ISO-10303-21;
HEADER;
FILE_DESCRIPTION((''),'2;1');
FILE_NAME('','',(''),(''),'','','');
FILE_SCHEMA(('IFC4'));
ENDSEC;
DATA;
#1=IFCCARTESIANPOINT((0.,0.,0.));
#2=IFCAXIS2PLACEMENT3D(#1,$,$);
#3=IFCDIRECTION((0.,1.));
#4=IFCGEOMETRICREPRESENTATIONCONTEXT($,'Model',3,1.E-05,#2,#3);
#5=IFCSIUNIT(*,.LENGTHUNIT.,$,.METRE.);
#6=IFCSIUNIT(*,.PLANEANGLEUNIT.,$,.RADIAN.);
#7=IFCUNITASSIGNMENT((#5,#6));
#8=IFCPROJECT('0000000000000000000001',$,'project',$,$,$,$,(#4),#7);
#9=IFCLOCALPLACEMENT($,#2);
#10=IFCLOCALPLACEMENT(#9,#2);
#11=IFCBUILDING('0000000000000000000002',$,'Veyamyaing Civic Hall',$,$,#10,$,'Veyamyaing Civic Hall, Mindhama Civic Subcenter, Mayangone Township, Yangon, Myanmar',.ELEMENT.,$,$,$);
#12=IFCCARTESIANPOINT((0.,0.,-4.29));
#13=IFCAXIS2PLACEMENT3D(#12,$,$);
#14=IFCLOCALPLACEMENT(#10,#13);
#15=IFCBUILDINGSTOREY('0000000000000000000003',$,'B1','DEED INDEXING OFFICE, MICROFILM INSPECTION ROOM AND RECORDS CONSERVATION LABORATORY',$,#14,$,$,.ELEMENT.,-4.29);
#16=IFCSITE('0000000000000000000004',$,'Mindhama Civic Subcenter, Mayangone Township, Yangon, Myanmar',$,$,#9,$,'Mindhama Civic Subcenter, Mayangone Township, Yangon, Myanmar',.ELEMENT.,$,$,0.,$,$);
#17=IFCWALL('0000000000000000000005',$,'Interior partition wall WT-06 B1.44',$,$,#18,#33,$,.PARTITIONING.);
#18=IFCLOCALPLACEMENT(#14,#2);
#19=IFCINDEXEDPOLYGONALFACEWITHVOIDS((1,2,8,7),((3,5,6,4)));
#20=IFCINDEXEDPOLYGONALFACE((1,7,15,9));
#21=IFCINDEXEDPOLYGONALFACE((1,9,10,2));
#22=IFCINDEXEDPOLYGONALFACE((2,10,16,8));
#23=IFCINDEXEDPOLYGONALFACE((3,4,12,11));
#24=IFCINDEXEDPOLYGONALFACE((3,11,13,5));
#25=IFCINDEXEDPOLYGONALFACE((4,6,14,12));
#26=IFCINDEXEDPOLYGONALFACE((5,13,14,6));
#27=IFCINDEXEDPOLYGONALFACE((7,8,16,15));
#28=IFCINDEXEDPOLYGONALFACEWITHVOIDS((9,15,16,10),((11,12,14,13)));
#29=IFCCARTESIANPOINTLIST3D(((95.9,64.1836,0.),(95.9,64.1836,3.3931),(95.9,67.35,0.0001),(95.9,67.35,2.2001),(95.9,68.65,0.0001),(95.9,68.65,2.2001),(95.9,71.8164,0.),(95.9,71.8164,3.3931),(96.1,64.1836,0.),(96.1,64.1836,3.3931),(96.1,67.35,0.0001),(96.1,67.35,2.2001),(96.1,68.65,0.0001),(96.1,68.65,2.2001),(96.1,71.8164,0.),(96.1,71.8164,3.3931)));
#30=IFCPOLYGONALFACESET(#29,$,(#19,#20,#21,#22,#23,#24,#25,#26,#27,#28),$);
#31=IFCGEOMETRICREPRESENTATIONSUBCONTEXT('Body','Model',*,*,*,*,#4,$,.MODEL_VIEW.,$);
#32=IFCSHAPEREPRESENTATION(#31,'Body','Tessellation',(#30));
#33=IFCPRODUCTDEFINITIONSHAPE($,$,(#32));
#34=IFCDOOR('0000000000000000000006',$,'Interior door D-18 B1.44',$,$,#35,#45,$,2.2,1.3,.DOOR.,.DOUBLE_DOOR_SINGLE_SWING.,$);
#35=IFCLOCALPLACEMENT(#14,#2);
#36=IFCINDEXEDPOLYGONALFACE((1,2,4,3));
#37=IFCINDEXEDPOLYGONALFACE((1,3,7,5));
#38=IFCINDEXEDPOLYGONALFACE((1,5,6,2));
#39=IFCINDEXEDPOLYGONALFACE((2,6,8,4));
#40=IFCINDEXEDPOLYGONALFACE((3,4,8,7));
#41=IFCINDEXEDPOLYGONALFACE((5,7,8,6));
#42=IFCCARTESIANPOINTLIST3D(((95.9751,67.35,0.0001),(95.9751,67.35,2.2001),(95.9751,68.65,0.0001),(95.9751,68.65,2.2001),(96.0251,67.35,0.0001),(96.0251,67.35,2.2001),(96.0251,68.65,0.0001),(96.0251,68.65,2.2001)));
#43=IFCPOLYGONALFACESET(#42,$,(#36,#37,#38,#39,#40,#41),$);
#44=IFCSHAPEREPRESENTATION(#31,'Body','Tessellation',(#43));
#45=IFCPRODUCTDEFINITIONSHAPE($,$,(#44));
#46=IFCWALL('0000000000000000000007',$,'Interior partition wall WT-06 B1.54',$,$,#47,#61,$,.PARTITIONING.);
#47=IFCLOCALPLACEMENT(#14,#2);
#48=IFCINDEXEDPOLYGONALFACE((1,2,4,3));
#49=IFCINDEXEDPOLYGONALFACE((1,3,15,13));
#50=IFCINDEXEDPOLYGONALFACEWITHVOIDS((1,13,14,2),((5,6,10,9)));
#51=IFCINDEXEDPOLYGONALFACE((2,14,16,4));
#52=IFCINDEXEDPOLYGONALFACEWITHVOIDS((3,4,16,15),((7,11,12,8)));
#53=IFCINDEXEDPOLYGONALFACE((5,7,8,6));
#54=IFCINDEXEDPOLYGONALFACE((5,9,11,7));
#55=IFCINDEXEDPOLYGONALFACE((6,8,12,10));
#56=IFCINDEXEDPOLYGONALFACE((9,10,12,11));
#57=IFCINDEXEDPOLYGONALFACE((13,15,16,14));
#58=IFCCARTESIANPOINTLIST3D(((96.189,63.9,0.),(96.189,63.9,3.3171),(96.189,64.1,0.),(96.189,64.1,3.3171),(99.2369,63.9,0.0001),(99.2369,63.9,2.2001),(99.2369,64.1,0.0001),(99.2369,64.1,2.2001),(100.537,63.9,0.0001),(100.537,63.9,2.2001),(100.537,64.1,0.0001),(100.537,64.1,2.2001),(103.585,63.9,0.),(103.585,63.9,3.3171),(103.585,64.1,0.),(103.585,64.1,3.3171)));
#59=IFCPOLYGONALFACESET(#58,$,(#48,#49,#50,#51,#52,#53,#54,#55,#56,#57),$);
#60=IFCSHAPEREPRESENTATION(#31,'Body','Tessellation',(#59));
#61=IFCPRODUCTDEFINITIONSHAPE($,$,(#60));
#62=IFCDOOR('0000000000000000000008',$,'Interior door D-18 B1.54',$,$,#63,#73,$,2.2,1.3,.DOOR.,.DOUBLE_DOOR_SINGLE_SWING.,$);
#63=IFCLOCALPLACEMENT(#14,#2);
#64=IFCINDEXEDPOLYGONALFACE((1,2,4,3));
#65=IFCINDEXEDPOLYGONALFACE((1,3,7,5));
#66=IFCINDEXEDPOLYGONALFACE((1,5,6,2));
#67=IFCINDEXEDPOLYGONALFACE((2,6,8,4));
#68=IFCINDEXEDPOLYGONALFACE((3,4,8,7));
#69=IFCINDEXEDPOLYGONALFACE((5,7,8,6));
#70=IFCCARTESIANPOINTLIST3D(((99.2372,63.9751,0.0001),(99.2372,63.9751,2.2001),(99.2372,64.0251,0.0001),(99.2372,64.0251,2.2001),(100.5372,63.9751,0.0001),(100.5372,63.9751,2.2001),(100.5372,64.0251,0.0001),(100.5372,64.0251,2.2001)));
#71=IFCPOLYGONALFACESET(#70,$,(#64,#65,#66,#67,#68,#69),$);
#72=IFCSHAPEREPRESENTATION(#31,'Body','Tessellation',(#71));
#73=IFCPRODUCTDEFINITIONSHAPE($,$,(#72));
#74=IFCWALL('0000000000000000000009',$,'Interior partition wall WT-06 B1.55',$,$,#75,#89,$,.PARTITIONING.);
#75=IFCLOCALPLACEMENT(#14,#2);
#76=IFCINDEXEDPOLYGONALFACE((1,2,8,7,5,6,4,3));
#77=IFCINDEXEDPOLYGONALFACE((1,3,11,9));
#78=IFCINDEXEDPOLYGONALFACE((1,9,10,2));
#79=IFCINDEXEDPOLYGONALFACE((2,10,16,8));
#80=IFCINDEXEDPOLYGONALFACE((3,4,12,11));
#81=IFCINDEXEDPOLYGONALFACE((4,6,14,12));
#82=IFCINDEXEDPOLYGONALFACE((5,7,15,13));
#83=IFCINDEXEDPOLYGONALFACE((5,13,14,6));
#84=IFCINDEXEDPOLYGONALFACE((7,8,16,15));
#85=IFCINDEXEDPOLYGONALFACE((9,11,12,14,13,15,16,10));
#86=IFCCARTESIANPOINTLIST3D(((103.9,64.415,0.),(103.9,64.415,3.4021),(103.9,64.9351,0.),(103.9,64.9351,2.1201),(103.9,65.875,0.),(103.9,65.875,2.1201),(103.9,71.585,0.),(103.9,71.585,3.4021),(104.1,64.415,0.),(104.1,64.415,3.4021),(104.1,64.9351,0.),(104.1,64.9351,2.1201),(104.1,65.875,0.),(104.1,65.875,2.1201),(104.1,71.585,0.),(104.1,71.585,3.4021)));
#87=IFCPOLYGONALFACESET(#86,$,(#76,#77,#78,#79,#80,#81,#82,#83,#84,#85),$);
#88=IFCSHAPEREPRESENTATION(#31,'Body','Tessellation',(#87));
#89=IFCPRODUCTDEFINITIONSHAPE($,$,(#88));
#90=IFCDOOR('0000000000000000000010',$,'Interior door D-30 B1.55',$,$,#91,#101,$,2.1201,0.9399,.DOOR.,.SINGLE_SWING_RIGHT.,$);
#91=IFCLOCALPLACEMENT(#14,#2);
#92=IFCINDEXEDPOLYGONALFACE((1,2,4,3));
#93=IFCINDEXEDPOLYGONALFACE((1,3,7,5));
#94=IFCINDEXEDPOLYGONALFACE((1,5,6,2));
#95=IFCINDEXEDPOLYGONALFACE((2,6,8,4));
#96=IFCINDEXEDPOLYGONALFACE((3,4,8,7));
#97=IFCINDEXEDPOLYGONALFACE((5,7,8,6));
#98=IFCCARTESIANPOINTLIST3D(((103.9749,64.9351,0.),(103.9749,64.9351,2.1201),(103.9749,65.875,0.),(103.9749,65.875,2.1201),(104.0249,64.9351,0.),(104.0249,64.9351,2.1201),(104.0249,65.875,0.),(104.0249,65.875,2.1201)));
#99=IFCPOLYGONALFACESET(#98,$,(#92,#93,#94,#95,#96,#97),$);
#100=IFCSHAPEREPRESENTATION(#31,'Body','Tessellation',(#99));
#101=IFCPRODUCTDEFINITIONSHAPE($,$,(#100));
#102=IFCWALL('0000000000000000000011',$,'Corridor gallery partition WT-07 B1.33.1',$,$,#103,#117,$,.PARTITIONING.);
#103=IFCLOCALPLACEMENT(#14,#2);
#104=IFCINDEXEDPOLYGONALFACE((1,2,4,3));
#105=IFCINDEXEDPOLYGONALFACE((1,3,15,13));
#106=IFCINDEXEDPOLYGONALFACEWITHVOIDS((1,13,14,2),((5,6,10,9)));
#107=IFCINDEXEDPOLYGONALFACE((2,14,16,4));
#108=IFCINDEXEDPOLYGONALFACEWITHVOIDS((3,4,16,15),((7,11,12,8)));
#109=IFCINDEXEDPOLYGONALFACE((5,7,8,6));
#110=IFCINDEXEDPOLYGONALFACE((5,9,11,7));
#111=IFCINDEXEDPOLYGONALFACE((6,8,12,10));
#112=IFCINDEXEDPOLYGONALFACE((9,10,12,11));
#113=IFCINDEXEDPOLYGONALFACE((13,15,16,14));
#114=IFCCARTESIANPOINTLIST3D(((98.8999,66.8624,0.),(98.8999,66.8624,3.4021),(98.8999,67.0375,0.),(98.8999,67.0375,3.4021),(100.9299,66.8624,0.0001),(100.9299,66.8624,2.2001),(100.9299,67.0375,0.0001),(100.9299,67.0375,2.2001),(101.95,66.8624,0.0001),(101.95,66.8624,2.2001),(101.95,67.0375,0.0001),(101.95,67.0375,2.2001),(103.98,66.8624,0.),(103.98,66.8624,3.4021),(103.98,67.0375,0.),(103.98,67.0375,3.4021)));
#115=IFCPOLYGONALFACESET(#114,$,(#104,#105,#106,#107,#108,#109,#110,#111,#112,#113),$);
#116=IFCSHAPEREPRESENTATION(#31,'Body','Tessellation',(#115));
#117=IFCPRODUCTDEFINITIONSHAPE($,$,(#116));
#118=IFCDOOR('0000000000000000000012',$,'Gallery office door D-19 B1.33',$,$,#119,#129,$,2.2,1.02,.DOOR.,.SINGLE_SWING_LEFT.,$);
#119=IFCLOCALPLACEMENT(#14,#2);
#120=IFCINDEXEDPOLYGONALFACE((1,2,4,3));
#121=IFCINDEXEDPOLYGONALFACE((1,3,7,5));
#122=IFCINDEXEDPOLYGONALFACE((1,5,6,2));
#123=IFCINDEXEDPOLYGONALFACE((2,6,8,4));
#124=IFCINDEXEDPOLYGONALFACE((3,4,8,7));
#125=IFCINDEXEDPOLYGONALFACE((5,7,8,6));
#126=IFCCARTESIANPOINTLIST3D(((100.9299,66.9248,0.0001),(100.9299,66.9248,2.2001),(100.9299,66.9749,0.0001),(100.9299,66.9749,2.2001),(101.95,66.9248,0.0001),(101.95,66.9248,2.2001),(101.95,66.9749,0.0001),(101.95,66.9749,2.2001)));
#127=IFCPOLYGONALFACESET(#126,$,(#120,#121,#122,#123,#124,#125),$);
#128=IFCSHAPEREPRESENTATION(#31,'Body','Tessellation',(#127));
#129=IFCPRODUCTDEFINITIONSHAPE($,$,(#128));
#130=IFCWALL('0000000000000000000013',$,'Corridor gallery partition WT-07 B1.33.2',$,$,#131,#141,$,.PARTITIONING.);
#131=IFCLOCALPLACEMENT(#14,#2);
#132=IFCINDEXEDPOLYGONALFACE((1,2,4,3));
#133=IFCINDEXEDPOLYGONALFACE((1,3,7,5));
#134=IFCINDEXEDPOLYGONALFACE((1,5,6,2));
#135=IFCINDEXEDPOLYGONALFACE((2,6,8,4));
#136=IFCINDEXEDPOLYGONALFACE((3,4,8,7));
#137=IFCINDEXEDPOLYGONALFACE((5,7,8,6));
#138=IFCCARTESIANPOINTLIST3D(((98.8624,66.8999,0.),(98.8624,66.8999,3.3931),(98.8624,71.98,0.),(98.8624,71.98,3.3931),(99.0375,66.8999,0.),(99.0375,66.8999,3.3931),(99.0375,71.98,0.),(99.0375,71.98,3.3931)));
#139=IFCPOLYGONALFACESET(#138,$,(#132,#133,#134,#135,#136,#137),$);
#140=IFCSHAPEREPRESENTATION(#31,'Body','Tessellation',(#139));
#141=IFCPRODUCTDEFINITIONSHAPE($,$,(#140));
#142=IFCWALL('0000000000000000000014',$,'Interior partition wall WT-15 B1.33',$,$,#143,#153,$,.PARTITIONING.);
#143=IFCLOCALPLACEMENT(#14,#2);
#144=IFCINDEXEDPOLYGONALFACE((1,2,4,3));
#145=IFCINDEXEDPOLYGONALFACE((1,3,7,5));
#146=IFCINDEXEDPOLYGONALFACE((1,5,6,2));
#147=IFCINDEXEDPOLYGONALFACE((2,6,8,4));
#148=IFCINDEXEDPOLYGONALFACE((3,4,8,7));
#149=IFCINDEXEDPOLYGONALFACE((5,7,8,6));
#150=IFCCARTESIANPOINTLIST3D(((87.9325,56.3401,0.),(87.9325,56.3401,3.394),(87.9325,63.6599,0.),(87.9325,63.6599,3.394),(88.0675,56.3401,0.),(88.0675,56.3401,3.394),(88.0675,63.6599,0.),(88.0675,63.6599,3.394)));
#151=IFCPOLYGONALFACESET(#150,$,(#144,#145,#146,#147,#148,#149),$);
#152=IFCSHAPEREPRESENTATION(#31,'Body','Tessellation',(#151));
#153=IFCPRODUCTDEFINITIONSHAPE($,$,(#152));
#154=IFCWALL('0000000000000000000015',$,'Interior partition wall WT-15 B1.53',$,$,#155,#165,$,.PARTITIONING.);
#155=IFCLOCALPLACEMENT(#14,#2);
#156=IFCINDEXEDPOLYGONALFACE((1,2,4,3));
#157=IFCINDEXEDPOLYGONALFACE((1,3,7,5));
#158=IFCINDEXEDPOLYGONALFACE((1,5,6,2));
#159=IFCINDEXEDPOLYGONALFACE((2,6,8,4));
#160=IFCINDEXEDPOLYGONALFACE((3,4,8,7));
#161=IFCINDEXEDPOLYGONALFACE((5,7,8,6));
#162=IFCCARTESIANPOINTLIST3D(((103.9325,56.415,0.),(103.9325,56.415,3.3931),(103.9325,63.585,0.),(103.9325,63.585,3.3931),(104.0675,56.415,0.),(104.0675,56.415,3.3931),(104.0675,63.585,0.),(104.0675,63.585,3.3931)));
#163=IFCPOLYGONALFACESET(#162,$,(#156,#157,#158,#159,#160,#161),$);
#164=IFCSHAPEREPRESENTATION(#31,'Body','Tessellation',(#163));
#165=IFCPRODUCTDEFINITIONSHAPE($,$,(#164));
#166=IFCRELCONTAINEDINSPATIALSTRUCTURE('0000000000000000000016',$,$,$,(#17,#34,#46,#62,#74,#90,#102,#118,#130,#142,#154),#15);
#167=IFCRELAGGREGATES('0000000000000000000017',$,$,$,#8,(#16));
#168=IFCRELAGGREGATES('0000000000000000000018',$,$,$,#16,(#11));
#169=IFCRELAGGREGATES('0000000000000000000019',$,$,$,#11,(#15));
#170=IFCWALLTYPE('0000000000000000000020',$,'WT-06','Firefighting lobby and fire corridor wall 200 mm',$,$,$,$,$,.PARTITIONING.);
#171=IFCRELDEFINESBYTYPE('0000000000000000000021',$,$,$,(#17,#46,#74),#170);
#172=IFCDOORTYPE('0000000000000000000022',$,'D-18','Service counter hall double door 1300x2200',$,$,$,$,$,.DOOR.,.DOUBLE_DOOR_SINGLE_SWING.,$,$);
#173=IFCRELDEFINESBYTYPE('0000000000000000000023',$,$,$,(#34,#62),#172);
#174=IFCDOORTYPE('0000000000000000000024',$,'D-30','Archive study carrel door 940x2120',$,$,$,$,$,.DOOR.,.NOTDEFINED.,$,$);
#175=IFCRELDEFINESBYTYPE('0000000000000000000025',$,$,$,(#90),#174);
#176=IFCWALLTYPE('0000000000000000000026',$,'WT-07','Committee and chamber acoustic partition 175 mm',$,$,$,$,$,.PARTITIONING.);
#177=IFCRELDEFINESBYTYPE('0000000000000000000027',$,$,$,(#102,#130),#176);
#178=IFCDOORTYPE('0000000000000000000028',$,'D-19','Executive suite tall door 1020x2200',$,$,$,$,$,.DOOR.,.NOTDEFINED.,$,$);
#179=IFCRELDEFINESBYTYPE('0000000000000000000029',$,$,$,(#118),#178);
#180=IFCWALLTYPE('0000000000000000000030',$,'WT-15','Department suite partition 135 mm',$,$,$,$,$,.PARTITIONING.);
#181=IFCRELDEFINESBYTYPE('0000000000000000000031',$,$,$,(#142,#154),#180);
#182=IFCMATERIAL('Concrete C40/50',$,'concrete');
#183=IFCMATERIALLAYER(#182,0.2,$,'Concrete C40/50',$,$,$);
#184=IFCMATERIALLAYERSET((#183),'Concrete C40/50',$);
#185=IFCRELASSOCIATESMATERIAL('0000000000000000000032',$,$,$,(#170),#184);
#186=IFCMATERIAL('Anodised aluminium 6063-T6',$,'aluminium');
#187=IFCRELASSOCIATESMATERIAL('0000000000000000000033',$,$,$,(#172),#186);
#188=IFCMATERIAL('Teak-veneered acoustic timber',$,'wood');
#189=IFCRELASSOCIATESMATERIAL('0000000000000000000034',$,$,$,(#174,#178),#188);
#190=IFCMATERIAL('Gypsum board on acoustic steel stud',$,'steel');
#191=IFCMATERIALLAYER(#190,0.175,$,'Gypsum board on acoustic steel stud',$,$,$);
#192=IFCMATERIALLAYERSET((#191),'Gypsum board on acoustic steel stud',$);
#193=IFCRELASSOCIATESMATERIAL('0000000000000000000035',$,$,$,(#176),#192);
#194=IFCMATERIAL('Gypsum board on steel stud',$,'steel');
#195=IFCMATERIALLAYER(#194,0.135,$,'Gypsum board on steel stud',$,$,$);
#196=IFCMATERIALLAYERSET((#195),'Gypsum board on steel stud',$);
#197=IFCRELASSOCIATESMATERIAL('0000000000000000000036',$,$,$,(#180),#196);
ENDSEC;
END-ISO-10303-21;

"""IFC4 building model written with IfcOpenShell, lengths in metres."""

from ifc_helpers import new_model, si_unit, direction, frame, frame_2d, origin, place, context, subcontext, project, spatial, rectangle, extrude, material, layer, layer_set, type_object, element, fill, save


model = new_model("IFC4")

# Units and contexts
model_context = context("Model", 3, precision=1e-05, world=origin(), true_north=direction((0.0, 1.0)))
body_context = subcontext(model_context, "Body", "Model", "MODEL_VIEW")
ifc_project = project(units=[si_unit("LENGTHUNIT", "METRE"), si_unit("PLANEANGLEUNIT", "RADIAN")], contexts=[model_context])

# Site, building, storey
site_placement = place(None, origin())
site = spatial("IfcSite", under=ifc_project, at=site_placement, Name="Mindhama Civic Subcenter, Mayangone Township, Yangon, Myanmar", LongName="Mindhama Civic Subcenter, Mayangone Township, Yangon, Myanmar", CompositionType="ELEMENT", RefElevation=0.0)
building_placement = place(site_placement, origin())
building = spatial("IfcBuilding", under=site, at=building_placement, Name="Veyamyaing Civic Hall", LongName="Veyamyaing Civic Hall, Mindhama Civic Subcenter, Mayangone Township, Yangon, Myanmar", CompositionType="ELEMENT")
storey_placement = place(building_placement, frame((0.0, 0.0, -4.29)))
storey = spatial("IfcBuildingStorey", under=building, at=storey_placement, Name="B1", Description="DEED INDEXING OFFICE, MICROFILM INSPECTION ROOM AND RECORDS CONSERVATION LABORATORY", CompositionType="ELEMENT", Elevation=-4.29)

# Shared definitions
ifc_material_1 = material(Name="Concrete C40/50", Category="concrete")

# Walls, openings, doors
ifc_layer_1 = layer(ifc_material_1, 0.2, Name="Concrete C40/50")
ifc_layer_set_1 = layer_set([ifc_layer_1], Name="Concrete C40/50")
wall_type_1 = type_object("IfcWallType", Name="WT-06", Description="Firefighting lobby and fire corridor wall 200 mm", PredefinedType="PARTITIONING", material=ifc_layer_set_1)
wall_1_placement = place(storey_placement, frame((96.0, 64.1836, 0.0), z_axis=(0.0, 0.0, 1.0), x_axis=(0.0, 1.0, 0.0)))
wall_1 = element("IfcWall", 1, at=wall_1_placement, inside=storey, type_object=wall_type_1, Name="Interior partition wall WT-06 B1.44", PredefinedType="PARTITIONING", context=body_context, shape_type="SweptSolid", body=[
    extrude(rectangle(XDim=7.6328, YDim=0.2, at=frame_2d((3.8164, 0.0))), origin(), (0.0, 0.0, 1.0), 3.3931),
])
opening_1_placement = place(wall_1_placement, frame((3.1665, 0.0, 0.0)))
opening_1 = element("IfcOpeningElement", 2, at=opening_1_placement, cuts=wall_1, PredefinedType="OPENING", context=body_context, shape_type="SweptSolid", body=[
    extrude(rectangle(XDim=1.3, YDim=2.2, at=frame_2d((0.6499, 1.1001))), frame((0.0, 0.1099, 0.0), z_axis=(0.0, -1.0, 0.0), x_axis=(1.0, 0.0, 0.0)), (0.0, 0.0, 1.0), 0.22),
])
ifc_material_2 = material(Name="Anodised aluminium 6063-T6", Category="aluminium")
door_type_1 = type_object("IfcDoorType", Name="D-18", Description="Service counter hall double door 1300x2200", OperationType="DOUBLE_DOOR_SINGLE_SWING", PredefinedType="DOOR", material=ifc_material_2)
door_1_placement = place(opening_1_placement, origin())
door_1 = element("IfcDoor", 3, at=door_1_placement, inside=storey, type_object=door_type_1, Name="Interior door D-18 B1.44", OperationType="DOUBLE_DOOR_SINGLE_SWING", OverallHeight=2.2, OverallWidth=1.3, PredefinedType="DOOR", context=body_context, shape_type="SweptSolid", body=[
    extrude(rectangle(XDim=1.3, YDim=2.2, at=frame_2d((0.6499, 1.1001))), frame((0.0, 0.0249, 0.0), z_axis=(0.0, -1.0, 0.0), x_axis=(1.0, 0.0, 0.0)), (0.0, 0.0, 1.0), 0.05),
])
fill(opening_1, door_1)
wall_2_placement = place(storey_placement, frame((96.189, 64.0, 0.0), z_axis=(0.0, 0.0, 1.0), x_axis=(1.0, 0.0, 0.0)))
wall_2 = element("IfcWall", 4, at=wall_2_placement, inside=storey, type_object=wall_type_1, Name="Interior partition wall WT-06 B1.54", PredefinedType="PARTITIONING", context=body_context, shape_type="SweptSolid", body=[
    extrude(rectangle(XDim=7.396, YDim=0.2, at=frame_2d((3.698, 0.0))), origin(), (0.0, 0.0, 1.0), 3.3171),
])
opening_2_placement = place(wall_2_placement, frame((3.0481, 0.0, 0.0)))
opening_2 = element("IfcOpeningElement", 5, at=opening_2_placement, cuts=wall_2, PredefinedType="OPENING", context=body_context, shape_type="SweptSolid", body=[
    extrude(rectangle(XDim=1.3, YDim=2.2, at=frame_2d((0.6499, 1.1001))), frame((0.0, 0.1099, 0.0), z_axis=(0.0, -1.0, 0.0), x_axis=(1.0, 0.0, 0.0)), (0.0, 0.0, 1.0), 0.22),
])
door_2_placement = place(opening_2_placement, frame((1.3, 0.0, 0.0), z_axis=(0.0, 0.0, 1.0), x_axis=(-1.0, 0.0, 0.0)))
door_2 = element("IfcDoor", 6, at=door_2_placement, inside=storey, type_object=door_type_1, Name="Interior door D-18 B1.54", OperationType="DOUBLE_DOOR_SINGLE_SWING", OverallHeight=2.2, OverallWidth=1.3, PredefinedType="DOOR", context=body_context, shape_type="SweptSolid", body=[
    extrude(rectangle(XDim=1.3, YDim=2.2, at=frame_2d((0.6499, 1.1001))), frame((0.0, 0.0249, 0.0), z_axis=(0.0, -1.0, 0.0), x_axis=(1.0, 0.0, 0.0)), (0.0, 0.0, 1.0), 0.05),
])
fill(opening_2, door_2)
wall_3_placement = place(storey_placement, frame((104.0, 64.415, 0.0), z_axis=(0.0, 0.0, 1.0), x_axis=(0.0, 1.0, 0.0)))
wall_3 = element("IfcWall", 7, at=wall_3_placement, inside=storey, type_object=wall_type_1, Name="Interior partition wall WT-06 B1.55", PredefinedType="PARTITIONING", context=body_context, shape_type="SweptSolid", body=[
    extrude(rectangle(XDim=7.1699, YDim=0.2, at=frame_2d((3.585, 0.0))), origin(), (0.0, 0.0, 1.0), 3.4021),
])
opening_3_placement = place(wall_3_placement, frame((0.52, 0.0, 0.0)))
opening_3 = element("IfcOpeningElement", 8, at=opening_3_placement, cuts=wall_3, PredefinedType="OPENING", context=body_context, shape_type="SweptSolid", body=[
    extrude(rectangle(XDim=0.9399, YDim=2.1201, at=frame_2d((0.47, 1.0601))), frame((0.0, 0.1099, 0.0), z_axis=(0.0, -1.0, 0.0), x_axis=(1.0, 0.0, 0.0)), (0.0, 0.0, 1.0), 0.22),
])
ifc_material_3 = material(Name="Teak-veneered acoustic timber", Category="wood")
door_type_2 = type_object("IfcDoorType", Name="D-30", Description="Archive study carrel door 940x2120", OperationType="NOTDEFINED", PredefinedType="DOOR", material=ifc_material_3)
door_3_placement = place(opening_3_placement, frame((0.9399, 0.0, 0.0), z_axis=(0.0, 0.0, 1.0), x_axis=(-1.0, 0.0, 0.0)))
door_3 = element("IfcDoor", 9, at=door_3_placement, inside=storey, type_object=door_type_2, Name="Interior door D-30 B1.55", OperationType="SINGLE_SWING_RIGHT", OverallHeight=2.1201, OverallWidth=0.9399, PredefinedType="DOOR", context=body_context, shape_type="SweptSolid", body=[
    extrude(rectangle(XDim=0.9399, YDim=2.1201, at=frame_2d((0.47, 1.0601))), frame((0.0, 0.0249, 0.0), z_axis=(0.0, -1.0, 0.0), x_axis=(1.0, 0.0, 0.0)), (0.0, 0.0, 1.0), 0.05),
])
fill(opening_3, door_3)
ifc_material_4 = material(Name="Gypsum board on acoustic steel stud", Category="steel")
ifc_layer_2 = layer(ifc_material_4, 0.175, Name="Gypsum board on acoustic steel stud")
ifc_layer_set_2 = layer_set([ifc_layer_2], Name="Gypsum board on acoustic steel stud")
wall_type_2 = type_object("IfcWallType", Name="WT-07", Description="Committee and chamber acoustic partition 175 mm", PredefinedType="PARTITIONING", material=ifc_layer_set_2)
wall_4_placement = place(storey_placement, frame((98.8999, 66.95, 0.0), z_axis=(0.0, 0.0, 1.0), x_axis=(1.0, 0.0, 0.0)))
wall_4 = element("IfcWall", 10, at=wall_4_placement, inside=storey, type_object=wall_type_2, Name="Corridor gallery partition WT-07 B1.33.1", PredefinedType="PARTITIONING", context=body_context, shape_type="SweptSolid", body=[
    extrude(rectangle(XDim=5.0801, YDim=0.175, at=frame_2d((2.54, 0.0))), origin(), (0.0, 0.0, 1.0), 3.4021),
])
opening_4_placement = place(wall_4_placement, frame((2.03, 0.0, 0.0)))
opening_4 = element("IfcOpeningElement", 11, at=opening_4_placement, cuts=wall_4, PredefinedType="OPENING", context=body_context, shape_type="SweptSolid", body=[
    extrude(rectangle(XDim=1.02, YDim=2.2, at=frame_2d((0.51, 1.1001))), frame((0.0, 0.0974, 0.0), z_axis=(0.0, -1.0, 0.0), x_axis=(1.0, 0.0, 0.0)), (0.0, 0.0, 1.0), 0.1951),
])
door_type_3 = type_object("IfcDoorType", Name="D-19", Description="Executive suite tall door 1020x2200", OperationType="NOTDEFINED", PredefinedType="DOOR", material=ifc_material_3)
door_4_placement = place(opening_4_placement, origin())
door_4 = element("IfcDoor", 12, at=door_4_placement, inside=storey, type_object=door_type_3, Name="Gallery office door D-19 B1.33", OperationType="SINGLE_SWING_LEFT", OverallHeight=2.2, OverallWidth=1.02, PredefinedType="DOOR", context=body_context, shape_type="SweptSolid", body=[
    extrude(rectangle(XDim=1.02, YDim=2.2, at=frame_2d((0.51, 1.1001))), frame((0.0, 0.0249, 0.0), z_axis=(0.0, -1.0, 0.0), x_axis=(1.0, 0.0, 0.0)), (0.0, 0.0, 1.0), 0.05),
])
fill(opening_4, door_4)

# Walls
wall_5_placement = place(storey_placement, frame((98.95, 66.8999, 0.0), z_axis=(0.0, 0.0, 1.0), x_axis=(0.0, 1.0, 0.0)))
element("IfcWall", 13, at=wall_5_placement, inside=storey, type_object=wall_type_2, Name="Corridor gallery partition WT-07 B1.33.2", PredefinedType="PARTITIONING", context=body_context, shape_type="SweptSolid", body=[
    extrude(rectangle(XDim=5.0801, YDim=0.175, at=frame_2d((2.54, 0.0))), origin(), (0.0, 0.0, 1.0), 3.3931),
])
ifc_material_5 = material(Name="Gypsum board on steel stud", Category="steel")
ifc_layer_3 = layer(ifc_material_5, 0.135, Name="Gypsum board on steel stud")
ifc_layer_set_3 = layer_set([ifc_layer_3], Name="Gypsum board on steel stud")
wall_type_3 = type_object("IfcWallType", Name="WT-15", Description="Department suite partition 135 mm", PredefinedType="PARTITIONING", material=ifc_layer_set_3)
wall_6_placement = place(storey_placement, frame((88.0, 56.3401, 0.0), z_axis=(0.0, 0.0, 1.0), x_axis=(0.0, 1.0, 0.0)))
element("IfcWall", 14, at=wall_6_placement, inside=storey, type_object=wall_type_3, Name="Interior partition wall WT-15 B1.33", PredefinedType="PARTITIONING", context=body_context, shape_type="SweptSolid", body=[
    extrude(rectangle(XDim=7.3198, YDim=0.135, at=frame_2d((3.6599, 0.0))), origin(), (0.0, 0.0, 1.0), 3.394),
])
wall_7_placement = place(storey_placement, frame((104.0, 56.415, 0.0), z_axis=(0.0, 0.0, 1.0), x_axis=(0.0, 1.0, 0.0)))
element("IfcWall", 15, at=wall_7_placement, inside=storey, type_object=wall_type_3, Name="Interior partition wall WT-15 B1.53", PredefinedType="PARTITIONING", context=body_context, shape_type="SweptSolid", body=[
    extrude(rectangle(XDim=7.1699, YDim=0.135, at=frame_2d((3.585, 0.0))), origin(), (0.0, 0.0, 1.0), 3.3931),
])

save(model, "model.ifc")
